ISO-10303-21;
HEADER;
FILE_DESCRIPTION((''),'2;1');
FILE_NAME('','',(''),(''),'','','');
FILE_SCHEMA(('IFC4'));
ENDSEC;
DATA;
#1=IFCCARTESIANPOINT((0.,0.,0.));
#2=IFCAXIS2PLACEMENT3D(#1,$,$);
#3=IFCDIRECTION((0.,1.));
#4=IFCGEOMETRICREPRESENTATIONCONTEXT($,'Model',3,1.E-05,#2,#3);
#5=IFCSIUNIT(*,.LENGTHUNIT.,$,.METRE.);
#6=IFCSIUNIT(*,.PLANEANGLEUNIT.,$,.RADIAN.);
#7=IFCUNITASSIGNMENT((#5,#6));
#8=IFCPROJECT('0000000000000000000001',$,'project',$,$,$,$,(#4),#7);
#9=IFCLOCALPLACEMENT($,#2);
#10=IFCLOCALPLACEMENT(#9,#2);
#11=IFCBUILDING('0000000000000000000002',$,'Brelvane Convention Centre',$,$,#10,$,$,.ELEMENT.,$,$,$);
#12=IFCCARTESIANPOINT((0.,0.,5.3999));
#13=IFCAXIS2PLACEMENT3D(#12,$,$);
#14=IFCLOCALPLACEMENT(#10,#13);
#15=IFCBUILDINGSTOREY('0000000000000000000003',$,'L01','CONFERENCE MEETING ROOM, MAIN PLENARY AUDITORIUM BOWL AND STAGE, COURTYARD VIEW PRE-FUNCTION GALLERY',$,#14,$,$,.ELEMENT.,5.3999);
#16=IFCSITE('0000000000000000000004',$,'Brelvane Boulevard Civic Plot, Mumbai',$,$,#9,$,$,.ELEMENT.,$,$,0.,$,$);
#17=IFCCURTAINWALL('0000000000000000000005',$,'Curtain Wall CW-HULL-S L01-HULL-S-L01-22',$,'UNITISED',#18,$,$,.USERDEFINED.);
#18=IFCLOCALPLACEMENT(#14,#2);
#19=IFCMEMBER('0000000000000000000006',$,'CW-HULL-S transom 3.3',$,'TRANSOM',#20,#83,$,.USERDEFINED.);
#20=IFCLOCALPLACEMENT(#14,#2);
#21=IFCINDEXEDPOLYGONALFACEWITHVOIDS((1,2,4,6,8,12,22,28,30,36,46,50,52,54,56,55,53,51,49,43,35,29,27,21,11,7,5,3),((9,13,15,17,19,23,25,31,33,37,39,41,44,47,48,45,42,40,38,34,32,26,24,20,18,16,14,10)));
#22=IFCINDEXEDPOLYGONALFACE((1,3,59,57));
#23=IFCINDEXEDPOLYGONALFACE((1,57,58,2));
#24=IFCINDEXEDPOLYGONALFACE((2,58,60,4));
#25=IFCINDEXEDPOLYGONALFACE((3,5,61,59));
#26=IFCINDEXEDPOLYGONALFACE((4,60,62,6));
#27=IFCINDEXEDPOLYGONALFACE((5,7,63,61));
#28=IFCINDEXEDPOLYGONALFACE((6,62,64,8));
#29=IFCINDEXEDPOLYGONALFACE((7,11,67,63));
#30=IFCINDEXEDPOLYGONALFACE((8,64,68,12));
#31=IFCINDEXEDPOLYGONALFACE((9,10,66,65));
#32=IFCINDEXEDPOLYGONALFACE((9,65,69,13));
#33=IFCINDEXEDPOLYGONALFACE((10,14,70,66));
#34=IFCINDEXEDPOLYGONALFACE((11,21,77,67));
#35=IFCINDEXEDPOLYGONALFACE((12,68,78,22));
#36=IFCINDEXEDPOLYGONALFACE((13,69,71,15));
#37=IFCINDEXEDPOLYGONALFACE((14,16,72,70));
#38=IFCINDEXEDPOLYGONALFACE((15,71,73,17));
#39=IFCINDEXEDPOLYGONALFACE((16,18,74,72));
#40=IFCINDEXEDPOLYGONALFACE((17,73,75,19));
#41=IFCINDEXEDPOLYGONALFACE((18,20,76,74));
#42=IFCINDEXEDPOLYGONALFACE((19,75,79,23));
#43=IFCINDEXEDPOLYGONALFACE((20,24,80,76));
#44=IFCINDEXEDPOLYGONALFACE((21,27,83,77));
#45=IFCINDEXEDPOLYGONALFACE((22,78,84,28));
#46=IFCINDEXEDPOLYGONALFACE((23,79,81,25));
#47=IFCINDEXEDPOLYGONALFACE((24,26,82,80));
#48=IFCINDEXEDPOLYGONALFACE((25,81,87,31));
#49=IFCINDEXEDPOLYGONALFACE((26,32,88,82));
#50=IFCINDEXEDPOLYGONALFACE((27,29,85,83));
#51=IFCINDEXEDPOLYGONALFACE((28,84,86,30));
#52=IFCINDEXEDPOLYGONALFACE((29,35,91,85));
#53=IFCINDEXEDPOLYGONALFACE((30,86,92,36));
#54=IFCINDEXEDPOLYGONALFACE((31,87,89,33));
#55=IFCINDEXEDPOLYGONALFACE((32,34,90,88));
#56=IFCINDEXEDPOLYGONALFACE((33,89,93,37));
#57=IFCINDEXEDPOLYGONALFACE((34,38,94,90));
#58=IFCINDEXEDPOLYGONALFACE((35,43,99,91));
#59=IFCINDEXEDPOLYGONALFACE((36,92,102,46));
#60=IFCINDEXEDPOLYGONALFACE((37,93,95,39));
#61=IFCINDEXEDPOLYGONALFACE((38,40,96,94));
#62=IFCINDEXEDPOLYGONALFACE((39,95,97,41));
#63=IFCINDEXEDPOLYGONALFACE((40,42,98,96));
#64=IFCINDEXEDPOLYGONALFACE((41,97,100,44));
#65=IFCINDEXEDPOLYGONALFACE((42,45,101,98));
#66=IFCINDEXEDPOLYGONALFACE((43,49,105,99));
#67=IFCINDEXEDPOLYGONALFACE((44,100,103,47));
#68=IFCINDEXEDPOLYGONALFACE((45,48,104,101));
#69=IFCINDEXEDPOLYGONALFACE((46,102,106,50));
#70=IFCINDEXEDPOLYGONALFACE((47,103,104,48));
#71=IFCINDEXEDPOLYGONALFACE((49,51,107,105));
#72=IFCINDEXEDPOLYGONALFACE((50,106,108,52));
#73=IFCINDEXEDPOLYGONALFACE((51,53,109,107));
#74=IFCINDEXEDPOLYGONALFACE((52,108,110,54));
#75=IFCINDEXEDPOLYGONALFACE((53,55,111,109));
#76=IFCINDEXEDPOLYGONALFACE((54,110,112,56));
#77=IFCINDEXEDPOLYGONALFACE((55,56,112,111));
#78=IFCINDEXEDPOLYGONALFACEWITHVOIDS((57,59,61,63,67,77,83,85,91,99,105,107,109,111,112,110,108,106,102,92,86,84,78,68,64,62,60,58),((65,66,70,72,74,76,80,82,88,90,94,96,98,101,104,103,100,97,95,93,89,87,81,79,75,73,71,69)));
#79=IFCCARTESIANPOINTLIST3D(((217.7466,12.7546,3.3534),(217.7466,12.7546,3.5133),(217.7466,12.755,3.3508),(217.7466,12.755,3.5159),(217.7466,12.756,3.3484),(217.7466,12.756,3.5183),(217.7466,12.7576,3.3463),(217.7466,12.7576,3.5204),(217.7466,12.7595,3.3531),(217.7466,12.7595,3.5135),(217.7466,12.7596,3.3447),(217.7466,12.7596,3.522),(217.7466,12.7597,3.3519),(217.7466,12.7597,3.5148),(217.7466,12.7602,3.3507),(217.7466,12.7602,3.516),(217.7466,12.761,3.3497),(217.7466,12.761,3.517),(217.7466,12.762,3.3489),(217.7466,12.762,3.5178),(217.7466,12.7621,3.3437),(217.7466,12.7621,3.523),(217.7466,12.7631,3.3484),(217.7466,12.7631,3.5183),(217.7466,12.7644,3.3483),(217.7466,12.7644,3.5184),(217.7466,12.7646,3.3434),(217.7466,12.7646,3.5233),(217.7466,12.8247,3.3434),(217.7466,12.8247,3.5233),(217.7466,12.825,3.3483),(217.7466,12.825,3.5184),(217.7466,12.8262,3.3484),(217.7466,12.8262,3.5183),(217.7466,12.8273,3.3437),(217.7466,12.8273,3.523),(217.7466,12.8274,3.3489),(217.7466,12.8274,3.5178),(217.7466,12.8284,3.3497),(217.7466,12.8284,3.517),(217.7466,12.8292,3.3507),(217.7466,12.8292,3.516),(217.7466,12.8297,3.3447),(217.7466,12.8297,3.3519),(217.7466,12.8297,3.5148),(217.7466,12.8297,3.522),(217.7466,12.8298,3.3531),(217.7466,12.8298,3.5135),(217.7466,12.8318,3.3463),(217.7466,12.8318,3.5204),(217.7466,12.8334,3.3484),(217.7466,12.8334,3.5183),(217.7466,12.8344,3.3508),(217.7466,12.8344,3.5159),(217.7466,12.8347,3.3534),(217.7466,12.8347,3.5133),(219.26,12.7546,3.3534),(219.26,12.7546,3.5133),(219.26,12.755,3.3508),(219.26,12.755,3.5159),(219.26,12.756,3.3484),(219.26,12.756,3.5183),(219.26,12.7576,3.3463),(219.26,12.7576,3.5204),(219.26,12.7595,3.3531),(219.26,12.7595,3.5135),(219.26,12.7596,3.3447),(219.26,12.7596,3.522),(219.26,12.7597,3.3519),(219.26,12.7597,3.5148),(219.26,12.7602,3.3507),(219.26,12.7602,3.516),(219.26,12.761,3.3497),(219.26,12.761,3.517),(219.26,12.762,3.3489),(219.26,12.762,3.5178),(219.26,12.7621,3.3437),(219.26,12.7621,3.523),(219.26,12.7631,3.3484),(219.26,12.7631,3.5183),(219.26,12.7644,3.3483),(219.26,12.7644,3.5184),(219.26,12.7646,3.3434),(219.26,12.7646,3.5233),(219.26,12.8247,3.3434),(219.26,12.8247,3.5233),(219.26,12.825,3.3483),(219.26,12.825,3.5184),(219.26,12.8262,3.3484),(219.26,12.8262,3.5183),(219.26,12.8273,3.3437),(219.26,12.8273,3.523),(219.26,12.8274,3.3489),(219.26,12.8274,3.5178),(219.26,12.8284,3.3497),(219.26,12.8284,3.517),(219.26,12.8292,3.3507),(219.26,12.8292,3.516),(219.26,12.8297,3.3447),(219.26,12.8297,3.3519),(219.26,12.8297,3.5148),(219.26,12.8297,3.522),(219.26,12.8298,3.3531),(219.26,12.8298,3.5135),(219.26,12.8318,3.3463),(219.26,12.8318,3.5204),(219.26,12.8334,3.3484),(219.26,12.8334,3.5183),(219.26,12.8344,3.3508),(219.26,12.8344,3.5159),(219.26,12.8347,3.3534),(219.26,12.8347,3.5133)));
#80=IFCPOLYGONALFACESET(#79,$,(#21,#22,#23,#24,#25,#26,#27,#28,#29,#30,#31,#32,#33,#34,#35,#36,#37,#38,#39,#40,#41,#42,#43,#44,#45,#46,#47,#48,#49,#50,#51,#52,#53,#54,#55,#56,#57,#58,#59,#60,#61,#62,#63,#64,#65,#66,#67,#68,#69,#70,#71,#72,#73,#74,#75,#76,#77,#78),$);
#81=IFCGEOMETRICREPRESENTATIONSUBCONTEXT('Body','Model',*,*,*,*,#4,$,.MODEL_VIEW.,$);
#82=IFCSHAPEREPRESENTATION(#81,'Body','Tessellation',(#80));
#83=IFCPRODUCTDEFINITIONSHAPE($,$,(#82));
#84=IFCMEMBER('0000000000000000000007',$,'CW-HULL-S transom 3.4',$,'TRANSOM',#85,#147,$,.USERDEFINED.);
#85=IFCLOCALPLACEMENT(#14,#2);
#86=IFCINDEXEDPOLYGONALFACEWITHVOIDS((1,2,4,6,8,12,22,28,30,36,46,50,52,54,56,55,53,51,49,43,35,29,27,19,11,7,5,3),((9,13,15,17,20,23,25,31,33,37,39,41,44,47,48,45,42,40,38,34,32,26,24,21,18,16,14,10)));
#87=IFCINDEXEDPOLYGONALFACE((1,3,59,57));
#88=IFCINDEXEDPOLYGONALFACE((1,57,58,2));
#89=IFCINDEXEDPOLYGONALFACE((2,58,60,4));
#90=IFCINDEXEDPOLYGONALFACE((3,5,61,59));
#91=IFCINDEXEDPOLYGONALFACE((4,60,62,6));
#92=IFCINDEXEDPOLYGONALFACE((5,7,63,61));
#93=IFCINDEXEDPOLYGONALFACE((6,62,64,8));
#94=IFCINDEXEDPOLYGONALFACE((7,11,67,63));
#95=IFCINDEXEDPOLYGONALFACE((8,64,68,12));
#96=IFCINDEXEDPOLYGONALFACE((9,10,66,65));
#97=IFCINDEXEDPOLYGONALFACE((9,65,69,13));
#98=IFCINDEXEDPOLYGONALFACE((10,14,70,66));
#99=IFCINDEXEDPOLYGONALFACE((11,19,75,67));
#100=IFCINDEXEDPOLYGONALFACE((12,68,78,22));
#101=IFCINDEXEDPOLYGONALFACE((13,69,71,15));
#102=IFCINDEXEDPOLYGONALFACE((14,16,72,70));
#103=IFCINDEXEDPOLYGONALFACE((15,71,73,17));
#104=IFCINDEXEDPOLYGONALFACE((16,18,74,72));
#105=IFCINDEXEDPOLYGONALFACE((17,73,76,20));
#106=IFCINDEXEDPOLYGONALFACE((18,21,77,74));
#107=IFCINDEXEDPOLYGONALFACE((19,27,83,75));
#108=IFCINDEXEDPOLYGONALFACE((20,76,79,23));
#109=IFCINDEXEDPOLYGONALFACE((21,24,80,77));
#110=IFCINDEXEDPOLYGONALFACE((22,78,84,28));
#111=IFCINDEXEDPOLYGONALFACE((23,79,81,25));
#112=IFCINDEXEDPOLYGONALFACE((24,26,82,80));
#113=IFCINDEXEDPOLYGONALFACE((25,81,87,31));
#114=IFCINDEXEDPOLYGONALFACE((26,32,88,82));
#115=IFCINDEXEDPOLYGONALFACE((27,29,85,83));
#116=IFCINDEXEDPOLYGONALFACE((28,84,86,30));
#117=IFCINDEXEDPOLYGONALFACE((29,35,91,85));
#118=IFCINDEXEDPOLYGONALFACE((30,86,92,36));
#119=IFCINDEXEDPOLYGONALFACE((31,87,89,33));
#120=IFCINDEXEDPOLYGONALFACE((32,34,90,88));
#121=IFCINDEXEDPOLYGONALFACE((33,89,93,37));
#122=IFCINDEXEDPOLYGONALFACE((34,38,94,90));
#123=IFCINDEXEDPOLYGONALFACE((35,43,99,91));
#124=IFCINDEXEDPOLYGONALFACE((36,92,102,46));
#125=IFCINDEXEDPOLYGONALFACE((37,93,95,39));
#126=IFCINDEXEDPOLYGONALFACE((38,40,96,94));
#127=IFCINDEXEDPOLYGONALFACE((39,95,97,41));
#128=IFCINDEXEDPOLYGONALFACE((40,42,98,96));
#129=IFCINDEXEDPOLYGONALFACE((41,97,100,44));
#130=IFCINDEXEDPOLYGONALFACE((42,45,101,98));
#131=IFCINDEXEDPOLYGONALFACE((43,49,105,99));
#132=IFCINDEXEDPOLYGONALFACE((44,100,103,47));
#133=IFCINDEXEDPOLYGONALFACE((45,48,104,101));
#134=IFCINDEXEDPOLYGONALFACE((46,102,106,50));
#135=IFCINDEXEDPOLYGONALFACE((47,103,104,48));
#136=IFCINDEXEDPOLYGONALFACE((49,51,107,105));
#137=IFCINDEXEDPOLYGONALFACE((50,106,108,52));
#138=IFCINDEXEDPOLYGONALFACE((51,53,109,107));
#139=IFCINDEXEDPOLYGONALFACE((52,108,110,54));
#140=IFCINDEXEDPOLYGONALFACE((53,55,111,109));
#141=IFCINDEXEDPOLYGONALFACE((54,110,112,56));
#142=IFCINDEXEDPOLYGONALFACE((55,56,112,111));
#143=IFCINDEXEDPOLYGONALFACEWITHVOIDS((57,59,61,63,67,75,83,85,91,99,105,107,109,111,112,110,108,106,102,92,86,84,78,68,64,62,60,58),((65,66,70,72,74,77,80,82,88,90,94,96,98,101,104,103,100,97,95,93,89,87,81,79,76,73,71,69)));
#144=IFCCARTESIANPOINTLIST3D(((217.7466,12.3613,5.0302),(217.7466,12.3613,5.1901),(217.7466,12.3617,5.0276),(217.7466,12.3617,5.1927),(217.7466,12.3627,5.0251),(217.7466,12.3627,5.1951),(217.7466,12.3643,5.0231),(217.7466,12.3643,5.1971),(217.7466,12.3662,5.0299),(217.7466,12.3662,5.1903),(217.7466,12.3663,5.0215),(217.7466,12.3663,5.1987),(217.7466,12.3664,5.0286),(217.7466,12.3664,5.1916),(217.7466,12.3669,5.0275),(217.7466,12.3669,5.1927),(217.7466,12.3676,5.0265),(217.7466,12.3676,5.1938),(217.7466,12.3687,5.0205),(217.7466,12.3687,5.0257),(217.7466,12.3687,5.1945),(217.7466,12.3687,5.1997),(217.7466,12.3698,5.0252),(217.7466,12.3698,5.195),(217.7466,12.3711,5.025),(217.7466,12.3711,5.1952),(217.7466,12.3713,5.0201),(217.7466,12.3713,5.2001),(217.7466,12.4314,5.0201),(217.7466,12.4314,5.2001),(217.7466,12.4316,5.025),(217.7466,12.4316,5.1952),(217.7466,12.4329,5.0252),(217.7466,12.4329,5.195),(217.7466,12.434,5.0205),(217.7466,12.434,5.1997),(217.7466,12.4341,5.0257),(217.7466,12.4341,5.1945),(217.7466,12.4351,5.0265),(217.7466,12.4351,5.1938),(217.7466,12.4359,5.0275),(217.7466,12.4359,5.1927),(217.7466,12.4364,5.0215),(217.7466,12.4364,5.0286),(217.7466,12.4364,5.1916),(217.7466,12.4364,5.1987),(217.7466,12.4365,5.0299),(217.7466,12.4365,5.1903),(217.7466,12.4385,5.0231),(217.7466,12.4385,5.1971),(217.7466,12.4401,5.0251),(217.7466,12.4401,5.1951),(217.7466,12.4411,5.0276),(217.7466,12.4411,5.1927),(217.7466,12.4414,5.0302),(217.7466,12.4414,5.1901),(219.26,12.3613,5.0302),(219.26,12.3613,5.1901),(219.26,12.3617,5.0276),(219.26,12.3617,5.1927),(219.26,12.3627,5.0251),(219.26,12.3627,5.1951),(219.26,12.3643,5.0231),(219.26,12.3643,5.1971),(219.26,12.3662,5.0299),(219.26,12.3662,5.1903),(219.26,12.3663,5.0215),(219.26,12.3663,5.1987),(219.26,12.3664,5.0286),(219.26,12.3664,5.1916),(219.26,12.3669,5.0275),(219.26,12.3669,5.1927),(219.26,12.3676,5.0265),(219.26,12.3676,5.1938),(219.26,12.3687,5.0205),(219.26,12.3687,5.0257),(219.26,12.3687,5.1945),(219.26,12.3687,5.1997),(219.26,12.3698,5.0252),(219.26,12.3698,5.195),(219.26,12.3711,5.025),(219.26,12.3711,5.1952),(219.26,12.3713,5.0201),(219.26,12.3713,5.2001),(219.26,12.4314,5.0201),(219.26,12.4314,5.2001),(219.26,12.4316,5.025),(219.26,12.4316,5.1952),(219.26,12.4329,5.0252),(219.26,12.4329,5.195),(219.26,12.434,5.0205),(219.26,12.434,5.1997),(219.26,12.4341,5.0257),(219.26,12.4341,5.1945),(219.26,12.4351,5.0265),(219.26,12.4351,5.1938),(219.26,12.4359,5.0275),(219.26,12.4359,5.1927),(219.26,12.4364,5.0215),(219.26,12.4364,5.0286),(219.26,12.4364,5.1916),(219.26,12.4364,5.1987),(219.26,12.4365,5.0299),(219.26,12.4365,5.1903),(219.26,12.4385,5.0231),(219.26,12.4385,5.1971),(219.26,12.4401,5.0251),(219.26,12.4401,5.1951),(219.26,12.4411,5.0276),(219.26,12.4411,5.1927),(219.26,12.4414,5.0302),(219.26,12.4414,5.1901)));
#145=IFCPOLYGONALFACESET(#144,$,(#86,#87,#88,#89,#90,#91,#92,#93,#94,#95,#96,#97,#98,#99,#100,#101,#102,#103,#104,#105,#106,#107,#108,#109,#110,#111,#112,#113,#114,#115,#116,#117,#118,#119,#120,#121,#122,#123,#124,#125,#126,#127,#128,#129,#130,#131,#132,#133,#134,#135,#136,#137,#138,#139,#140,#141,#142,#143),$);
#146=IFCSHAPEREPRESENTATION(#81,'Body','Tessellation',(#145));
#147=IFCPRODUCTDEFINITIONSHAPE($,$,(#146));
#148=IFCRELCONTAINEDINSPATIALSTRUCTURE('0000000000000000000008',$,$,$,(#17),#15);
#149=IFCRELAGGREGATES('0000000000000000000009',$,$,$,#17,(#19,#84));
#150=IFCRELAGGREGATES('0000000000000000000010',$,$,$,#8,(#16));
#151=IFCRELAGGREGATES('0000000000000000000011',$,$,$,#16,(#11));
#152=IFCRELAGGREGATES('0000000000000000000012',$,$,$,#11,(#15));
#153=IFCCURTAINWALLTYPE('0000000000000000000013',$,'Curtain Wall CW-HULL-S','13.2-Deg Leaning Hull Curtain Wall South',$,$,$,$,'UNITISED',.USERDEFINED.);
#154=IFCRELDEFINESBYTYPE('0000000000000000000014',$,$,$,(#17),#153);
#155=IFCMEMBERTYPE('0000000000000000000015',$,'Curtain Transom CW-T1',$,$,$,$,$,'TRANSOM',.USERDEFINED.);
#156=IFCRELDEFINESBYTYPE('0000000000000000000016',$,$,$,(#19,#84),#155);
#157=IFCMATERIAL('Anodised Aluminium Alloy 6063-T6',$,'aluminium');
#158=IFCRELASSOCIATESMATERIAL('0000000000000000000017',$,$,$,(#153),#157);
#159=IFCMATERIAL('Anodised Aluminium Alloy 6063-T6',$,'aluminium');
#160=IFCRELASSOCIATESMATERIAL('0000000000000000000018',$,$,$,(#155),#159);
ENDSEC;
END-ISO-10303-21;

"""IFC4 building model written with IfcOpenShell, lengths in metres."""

from ifc_helpers import new_model, si_unit, direction, frame, origin, origin_2d, place, context, subcontext, project, spatial, hollow_rectangle, extrude, material, material_profile, profile_set, type_object, element, aggregate, save


model = new_model("IFC4")

# Units and contexts
model_context = context("Model", 3, precision=1e-05, world=origin(), true_north=direction((0.0, 1.0)))
body_context = subcontext(model_context, "Body", "Model", "MODEL_VIEW")
ifc_project = project(units=[si_unit("LENGTHUNIT", "METRE"), si_unit("PLANEANGLEUNIT", "RADIAN")], contexts=[model_context])

# Site, building, storey
site_placement = place(None, origin())
site = spatial("IfcSite", under=ifc_project, at=site_placement, Name="Brelvane Boulevard Civic Plot, Mumbai", CompositionType="ELEMENT", RefElevation=0.0)
building_placement = place(site_placement, origin())
building = spatial("IfcBuilding", under=site, at=building_placement, Name="Brelvane Convention Centre", CompositionType="ELEMENT")
storey_placement = place(building_placement, frame((0.0, 0.0, 5.3999)))
storey = spatial("IfcBuildingStorey", under=building, at=storey_placement, Name="L01", Description="CONFERENCE MEETING ROOM, MAIN PLENARY AUDITORIUM BOWL AND STAGE, COURTYARD VIEW PRE-FUNCTION GALLERY", CompositionType="ELEMENT", Elevation=5.3999)

# Curtain wall, members
ifc_material_1 = material(Name="Anodised Aluminium Alloy 6063-T6", Category="aluminium")
curtain_wall_type = type_object("IfcCurtainWallType", Name="Curtain Wall CW-HULL-S", Description="13.2-Deg Leaning Hull Curtain Wall South", ElementType="UNITISED", PredefinedType="USERDEFINED", material=ifc_material_1)
curtain_wall_placement = place(storey_placement, origin())
curtain_wall = element("IfcCurtainWall", 1, at=curtain_wall_placement, inside=storey, type_object=curtain_wall_type, Name="Curtain Wall CW-HULL-S L01-HULL-S-L01-22", ObjectType="UNITISED", PredefinedType="USERDEFINED")
ifc_material_2 = material(Name="Anodised Aluminium Alloy 6063-T6", Category="aluminium")
ifc_material_profile_1 = material_profile(ifc_material_2, hollow_rectangle(XDim=0.0801, YDim=0.1799, WallThickness=0.0049, InnerFilletRadius=0.0049, OuterFilletRadius=0.01, at=origin_2d()), Name="ALU-T 180x80x5.0")
ifc_profile_set_1 = profile_set([ifc_material_profile_1], Name="Anodised Aluminium Alloy 6063-T6")
member_type_1 = type_object("IfcMemberType", Name="Curtain Transom CW-T1", ElementType="TRANSOM", PredefinedType="USERDEFINED", material=ifc_profile_set_1)
member_1_placement = place(storey_placement, frame((217.7466, 12.7947, 3.4333), z_axis=(1.0, 0.0, 0.0), x_axis=(0.0, 1.0, 0.0)))
member_1 = element("IfcMember", 2, at=member_1_placement, type_object=member_type_1, Name="CW-HULL-S transom 3.3", ObjectType="TRANSOM", PredefinedType="USERDEFINED", context=body_context, shape_type="SweptSolid", body=[
    extrude(hollow_rectangle(XDim=0.0801, YDim=0.1799, WallThickness=0.0049, InnerFilletRadius=0.0049, OuterFilletRadius=0.01, at=origin_2d()), origin(), (0.0, 0.0, 1.0), 1.5134),
])
member_2_placement = place(storey_placement, frame((217.7466, 12.4014, 5.1101), z_axis=(1.0, 0.0, 0.0), x_axis=(0.0, 1.0, 0.0)))
member_2 = element("IfcMember", 3, at=member_2_placement, type_object=member_type_1, Name="CW-HULL-S transom 3.4", ObjectType="TRANSOM", PredefinedType="USERDEFINED", context=body_context, shape_type="SweptSolid", body=[
    extrude(hollow_rectangle(XDim=0.0801, YDim=0.1799, WallThickness=0.0049, InnerFilletRadius=0.0049, OuterFilletRadius=0.01, at=origin_2d()), origin(), (0.0, 0.0, 1.0), 1.5134),
])
aggregate(curtain_wall, [member_1, member_2])

save(model, "model.ifc")
